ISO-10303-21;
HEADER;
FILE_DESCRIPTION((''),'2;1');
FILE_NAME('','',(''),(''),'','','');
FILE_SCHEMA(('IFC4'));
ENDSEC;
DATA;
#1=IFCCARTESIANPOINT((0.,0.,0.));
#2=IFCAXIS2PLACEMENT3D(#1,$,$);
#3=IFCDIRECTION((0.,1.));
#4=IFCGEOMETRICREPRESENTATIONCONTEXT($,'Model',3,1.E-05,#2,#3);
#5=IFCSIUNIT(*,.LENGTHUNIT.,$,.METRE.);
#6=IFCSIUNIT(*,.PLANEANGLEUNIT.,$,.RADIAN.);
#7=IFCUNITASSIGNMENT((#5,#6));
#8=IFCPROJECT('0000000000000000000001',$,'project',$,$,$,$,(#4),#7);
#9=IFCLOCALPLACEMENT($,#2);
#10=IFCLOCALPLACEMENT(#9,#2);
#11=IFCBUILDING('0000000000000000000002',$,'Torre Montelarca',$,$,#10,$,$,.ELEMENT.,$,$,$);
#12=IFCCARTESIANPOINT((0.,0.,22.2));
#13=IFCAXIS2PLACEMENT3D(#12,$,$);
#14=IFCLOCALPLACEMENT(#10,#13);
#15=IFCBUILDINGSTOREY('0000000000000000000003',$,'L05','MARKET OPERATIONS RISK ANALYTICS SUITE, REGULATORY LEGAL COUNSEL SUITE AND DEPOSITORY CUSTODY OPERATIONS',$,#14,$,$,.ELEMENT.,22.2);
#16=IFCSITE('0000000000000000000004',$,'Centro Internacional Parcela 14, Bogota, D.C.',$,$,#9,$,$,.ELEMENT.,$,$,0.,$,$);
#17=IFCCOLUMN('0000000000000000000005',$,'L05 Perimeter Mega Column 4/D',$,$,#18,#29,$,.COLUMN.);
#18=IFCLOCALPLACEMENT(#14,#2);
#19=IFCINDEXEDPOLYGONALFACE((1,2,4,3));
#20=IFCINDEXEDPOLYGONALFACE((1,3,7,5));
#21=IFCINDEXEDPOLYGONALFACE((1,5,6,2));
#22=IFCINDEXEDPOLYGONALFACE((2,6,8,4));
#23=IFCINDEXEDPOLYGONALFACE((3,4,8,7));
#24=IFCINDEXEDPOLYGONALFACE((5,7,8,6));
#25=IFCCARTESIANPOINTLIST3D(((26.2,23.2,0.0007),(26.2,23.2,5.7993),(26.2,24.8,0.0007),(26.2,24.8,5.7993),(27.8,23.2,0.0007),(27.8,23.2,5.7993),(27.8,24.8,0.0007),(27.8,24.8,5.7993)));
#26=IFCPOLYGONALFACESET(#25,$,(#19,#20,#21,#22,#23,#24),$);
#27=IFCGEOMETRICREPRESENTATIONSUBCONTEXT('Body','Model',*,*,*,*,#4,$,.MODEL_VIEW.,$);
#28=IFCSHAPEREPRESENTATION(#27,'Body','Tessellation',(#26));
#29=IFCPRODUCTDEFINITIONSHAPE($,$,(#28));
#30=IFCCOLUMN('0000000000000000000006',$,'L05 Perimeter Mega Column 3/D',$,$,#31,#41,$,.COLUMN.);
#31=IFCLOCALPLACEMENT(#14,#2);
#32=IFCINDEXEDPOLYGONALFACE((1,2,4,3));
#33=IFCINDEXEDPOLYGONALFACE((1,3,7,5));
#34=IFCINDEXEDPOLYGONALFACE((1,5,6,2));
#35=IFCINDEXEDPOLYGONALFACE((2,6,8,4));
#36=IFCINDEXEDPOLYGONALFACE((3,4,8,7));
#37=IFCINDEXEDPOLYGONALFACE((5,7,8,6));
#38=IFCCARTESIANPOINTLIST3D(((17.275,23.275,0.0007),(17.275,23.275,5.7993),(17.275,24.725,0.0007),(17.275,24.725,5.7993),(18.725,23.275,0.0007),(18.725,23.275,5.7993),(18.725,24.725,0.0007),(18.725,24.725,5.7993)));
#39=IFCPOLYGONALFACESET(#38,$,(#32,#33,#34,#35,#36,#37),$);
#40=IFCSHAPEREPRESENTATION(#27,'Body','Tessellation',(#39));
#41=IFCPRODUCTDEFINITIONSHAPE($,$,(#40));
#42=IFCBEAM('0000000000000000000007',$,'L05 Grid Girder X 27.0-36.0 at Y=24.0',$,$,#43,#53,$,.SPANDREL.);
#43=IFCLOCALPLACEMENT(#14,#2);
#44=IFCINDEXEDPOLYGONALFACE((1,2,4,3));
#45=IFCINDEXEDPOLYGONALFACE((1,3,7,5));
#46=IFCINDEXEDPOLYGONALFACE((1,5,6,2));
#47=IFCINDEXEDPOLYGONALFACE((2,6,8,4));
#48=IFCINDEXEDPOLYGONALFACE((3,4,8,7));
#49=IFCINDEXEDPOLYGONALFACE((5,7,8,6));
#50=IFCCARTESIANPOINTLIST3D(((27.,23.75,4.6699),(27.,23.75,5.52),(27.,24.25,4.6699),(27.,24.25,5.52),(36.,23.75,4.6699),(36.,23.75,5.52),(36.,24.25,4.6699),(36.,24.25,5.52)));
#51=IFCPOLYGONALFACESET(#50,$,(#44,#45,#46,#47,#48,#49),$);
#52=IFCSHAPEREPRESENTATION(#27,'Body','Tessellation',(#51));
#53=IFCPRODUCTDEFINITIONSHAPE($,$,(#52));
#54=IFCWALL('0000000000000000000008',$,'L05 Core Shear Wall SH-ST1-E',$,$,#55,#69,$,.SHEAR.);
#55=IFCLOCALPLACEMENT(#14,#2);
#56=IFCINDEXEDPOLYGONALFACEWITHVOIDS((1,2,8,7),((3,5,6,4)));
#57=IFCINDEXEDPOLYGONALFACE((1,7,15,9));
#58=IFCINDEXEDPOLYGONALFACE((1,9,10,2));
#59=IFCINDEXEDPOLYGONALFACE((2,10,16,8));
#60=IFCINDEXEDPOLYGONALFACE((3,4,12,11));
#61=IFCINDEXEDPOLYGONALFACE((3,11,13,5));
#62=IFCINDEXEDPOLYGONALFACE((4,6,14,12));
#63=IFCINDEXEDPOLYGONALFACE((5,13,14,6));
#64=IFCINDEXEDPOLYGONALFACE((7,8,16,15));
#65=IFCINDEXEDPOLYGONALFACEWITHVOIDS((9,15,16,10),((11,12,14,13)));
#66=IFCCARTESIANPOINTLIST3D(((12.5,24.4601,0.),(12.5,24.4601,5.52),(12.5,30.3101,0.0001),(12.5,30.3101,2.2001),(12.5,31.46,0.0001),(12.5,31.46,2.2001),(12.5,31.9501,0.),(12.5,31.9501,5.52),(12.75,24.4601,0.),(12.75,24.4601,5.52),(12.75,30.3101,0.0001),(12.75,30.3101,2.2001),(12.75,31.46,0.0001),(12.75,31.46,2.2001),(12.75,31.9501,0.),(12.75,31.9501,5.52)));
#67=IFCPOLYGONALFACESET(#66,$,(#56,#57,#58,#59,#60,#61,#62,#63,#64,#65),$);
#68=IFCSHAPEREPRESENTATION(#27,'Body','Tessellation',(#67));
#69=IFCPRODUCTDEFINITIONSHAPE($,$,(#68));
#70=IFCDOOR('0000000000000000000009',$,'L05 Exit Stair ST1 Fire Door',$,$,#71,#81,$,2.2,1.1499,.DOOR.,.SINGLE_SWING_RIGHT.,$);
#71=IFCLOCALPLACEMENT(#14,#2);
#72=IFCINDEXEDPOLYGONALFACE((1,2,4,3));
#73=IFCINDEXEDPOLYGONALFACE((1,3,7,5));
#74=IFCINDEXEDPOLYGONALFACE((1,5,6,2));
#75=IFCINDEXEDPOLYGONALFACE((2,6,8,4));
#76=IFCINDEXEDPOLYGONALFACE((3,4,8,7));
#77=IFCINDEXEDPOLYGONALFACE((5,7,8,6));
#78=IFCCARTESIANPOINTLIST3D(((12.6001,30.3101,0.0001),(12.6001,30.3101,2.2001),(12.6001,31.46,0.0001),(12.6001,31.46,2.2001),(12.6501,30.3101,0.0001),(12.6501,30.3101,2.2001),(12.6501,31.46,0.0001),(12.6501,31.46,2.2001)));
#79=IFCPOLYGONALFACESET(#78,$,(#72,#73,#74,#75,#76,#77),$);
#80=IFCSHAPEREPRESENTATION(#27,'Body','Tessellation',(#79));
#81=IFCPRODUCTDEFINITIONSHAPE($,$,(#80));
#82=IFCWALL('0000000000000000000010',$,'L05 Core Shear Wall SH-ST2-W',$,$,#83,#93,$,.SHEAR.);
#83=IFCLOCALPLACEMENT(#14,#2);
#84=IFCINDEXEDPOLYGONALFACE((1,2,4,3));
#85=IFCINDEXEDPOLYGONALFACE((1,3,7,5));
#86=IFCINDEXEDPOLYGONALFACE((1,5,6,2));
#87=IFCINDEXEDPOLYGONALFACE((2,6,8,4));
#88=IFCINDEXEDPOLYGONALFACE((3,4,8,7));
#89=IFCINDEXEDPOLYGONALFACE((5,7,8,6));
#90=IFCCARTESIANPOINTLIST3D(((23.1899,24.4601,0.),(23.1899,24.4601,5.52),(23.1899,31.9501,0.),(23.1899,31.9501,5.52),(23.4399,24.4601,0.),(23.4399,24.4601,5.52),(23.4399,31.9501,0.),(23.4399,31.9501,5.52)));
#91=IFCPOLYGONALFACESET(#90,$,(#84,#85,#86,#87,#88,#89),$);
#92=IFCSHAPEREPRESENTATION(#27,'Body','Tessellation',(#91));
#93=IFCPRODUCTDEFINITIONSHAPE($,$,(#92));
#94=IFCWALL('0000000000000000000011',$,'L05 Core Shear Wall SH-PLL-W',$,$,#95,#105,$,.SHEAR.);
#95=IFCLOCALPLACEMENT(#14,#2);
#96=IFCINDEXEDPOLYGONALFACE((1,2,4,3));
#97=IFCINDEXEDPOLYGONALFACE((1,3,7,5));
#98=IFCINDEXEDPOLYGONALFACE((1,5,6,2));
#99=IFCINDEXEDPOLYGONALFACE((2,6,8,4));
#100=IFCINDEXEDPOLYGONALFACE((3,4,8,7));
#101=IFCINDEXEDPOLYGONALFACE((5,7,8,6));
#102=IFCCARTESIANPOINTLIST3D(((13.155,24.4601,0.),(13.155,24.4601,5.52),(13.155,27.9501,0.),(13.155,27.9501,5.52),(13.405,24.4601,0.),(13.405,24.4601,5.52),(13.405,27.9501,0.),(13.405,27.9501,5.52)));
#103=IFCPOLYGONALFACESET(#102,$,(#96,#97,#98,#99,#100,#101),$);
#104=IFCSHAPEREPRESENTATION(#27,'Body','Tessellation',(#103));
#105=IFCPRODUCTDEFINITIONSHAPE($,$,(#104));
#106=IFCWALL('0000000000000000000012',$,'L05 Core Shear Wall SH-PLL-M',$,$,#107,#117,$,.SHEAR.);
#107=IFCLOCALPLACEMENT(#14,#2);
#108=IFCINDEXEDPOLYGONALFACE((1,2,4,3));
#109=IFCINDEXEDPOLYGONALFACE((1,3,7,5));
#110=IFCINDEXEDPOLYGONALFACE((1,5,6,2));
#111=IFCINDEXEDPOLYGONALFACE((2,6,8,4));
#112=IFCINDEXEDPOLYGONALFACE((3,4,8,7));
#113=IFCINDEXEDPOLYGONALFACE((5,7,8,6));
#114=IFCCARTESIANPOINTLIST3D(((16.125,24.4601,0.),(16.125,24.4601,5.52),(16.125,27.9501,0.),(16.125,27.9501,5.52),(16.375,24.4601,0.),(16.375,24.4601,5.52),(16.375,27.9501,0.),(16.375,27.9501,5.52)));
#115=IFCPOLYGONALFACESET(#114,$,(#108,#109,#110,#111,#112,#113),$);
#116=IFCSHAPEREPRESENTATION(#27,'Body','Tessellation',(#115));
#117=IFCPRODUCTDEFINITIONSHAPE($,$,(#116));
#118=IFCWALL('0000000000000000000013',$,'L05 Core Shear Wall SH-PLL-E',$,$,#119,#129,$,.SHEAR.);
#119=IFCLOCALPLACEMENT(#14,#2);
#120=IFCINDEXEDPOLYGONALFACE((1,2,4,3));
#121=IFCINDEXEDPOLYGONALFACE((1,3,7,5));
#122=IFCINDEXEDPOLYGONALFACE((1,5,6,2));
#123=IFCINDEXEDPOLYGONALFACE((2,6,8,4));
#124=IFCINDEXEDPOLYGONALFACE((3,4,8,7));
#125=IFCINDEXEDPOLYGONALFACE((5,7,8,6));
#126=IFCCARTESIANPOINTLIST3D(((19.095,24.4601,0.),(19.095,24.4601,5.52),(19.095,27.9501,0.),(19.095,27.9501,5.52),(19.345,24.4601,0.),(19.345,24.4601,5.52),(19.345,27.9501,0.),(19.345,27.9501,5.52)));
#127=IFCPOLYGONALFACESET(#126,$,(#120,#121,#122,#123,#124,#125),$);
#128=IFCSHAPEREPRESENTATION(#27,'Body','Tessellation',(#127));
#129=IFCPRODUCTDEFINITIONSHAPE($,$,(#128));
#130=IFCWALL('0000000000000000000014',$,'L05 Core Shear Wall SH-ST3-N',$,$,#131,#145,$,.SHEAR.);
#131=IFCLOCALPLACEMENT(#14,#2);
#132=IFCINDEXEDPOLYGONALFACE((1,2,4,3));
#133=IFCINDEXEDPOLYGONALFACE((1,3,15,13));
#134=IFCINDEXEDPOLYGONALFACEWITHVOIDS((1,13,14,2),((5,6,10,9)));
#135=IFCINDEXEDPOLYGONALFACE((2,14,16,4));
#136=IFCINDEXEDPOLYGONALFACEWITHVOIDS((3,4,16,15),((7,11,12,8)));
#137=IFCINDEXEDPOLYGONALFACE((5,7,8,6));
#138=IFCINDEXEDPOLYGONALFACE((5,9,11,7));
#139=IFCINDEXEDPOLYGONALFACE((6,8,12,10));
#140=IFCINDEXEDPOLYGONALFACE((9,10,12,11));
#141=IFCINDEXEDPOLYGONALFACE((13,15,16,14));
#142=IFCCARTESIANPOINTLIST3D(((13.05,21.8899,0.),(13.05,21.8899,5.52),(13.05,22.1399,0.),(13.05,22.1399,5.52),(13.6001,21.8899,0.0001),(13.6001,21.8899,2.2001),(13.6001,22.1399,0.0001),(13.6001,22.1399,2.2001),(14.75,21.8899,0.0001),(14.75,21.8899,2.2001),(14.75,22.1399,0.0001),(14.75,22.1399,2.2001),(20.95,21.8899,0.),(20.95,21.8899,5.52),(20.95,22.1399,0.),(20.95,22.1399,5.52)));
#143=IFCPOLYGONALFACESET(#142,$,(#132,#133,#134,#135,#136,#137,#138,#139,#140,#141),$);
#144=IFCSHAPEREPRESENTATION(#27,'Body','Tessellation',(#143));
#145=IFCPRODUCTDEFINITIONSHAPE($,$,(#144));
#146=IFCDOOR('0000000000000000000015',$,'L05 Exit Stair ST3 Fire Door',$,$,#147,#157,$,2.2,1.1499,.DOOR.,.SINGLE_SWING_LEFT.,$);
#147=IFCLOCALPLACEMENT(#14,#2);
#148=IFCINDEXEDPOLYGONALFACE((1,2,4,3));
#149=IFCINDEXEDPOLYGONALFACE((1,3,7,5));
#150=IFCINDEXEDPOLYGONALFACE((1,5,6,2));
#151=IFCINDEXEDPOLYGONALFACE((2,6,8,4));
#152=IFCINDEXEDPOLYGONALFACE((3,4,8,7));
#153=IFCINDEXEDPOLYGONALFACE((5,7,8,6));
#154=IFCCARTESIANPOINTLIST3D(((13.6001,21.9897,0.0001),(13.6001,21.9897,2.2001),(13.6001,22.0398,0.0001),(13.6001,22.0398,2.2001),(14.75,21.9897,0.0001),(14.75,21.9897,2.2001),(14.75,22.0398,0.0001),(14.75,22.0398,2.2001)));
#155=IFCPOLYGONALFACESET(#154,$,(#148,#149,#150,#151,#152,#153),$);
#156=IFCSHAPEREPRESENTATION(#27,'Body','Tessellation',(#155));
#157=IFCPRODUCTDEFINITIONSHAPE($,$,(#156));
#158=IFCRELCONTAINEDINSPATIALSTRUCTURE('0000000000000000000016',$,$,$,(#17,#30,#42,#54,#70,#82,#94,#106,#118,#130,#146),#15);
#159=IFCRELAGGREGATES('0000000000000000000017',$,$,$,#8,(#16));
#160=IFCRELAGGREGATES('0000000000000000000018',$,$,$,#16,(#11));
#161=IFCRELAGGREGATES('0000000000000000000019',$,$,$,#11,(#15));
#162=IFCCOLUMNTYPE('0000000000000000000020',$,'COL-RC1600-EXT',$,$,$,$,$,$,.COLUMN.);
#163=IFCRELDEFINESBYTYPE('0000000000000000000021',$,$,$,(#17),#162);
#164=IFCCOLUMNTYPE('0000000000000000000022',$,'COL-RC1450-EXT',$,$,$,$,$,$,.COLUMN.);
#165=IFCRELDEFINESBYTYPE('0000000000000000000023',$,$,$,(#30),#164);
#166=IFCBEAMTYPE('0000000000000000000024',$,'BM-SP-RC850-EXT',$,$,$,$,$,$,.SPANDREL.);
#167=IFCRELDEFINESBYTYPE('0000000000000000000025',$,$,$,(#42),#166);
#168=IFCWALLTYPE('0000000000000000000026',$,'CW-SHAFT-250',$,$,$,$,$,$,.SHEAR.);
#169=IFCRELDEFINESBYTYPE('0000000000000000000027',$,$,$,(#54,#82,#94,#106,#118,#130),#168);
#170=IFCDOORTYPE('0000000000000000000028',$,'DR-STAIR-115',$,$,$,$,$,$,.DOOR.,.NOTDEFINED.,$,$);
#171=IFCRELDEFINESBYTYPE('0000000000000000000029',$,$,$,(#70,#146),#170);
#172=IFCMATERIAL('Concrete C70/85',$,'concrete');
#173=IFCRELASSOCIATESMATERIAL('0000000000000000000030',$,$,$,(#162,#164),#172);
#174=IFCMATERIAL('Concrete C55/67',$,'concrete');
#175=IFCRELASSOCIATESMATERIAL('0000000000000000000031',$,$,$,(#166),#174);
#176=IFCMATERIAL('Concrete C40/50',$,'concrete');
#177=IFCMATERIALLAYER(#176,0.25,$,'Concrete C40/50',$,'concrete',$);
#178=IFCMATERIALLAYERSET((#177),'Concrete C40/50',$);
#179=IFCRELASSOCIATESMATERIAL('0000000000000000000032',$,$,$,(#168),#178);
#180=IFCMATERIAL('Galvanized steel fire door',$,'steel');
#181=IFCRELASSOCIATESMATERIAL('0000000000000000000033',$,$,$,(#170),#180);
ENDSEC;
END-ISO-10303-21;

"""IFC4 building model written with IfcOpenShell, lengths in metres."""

from ifc_helpers import new_model, si_unit, direction, frame, frame_2d, origin, origin_2d, place, context, subcontext, project, spatial, rectangle, extrude, source, transform, mapped, material, layer, layer_set, material_profile, profile_set, type_object, element, fill, save


model = new_model("IFC4")

# Units and contexts
model_context = context("Model", 3, precision=1e-05, world=origin(), true_north=direction((0.0, 1.0)))
body_context = subcontext(model_context, "Body", "Model", "MODEL_VIEW")
ifc_project = project(units=[si_unit("LENGTHUNIT", "METRE"), si_unit("PLANEANGLEUNIT", "RADIAN")], contexts=[model_context])

# Site, building, storey
site_placement = place(None, origin())
site = spatial("IfcSite", under=ifc_project, at=site_placement, Name="Centro Internacional Parcela 14, Bogota, D.C.", CompositionType="ELEMENT", RefElevation=0.0)
building_placement = place(site_placement, origin())
building = spatial("IfcBuilding", under=site, at=building_placement, Name="Torre Montelarca", CompositionType="ELEMENT")
storey_placement = place(building_placement, frame((0.0, 0.0, 22.2)))
storey = spatial("IfcBuildingStorey", under=building, at=storey_placement, Name="L05", Description="MARKET OPERATIONS RISK ANALYTICS SUITE, REGULATORY LEGAL COUNSEL SUITE AND DEPOSITORY CUSTODY OPERATIONS", CompositionType="ELEMENT", Elevation=22.2)

# Columns
ifc_material_1 = material(Name="Concrete C70/85", Category="concrete")
ifc_material_profile_1 = material_profile(ifc_material_1, rectangle(XDim=1.6001, YDim=1.6001, at=origin_2d()), Name="RC1600X1600", Category="concrete")
ifc_profile_set_1 = profile_set([ifc_material_profile_1], Name="Concrete C70/85")
column_type_1 = type_object("IfcColumnType", Name="COL-RC1600-EXT", PredefinedType="COLUMN", material=ifc_profile_set_1)
shared_shape_1 = source(origin(), body_context, "Body", "SweptSolid", [
    extrude(rectangle(XDim=1.6001, YDim=1.6001, at=origin_2d()), origin(), (0.0, 0.0, 1.0), 5.7986),
])
column_1_placement = place(storey_placement, frame((27.0, 24.0, 0.0007), z_axis=(0.0, 0.0, 1.0), x_axis=(1.0, 0.0, 0.0)))
element("IfcColumn", 1, at=column_1_placement, inside=storey, type_object=column_type_1, Name="L05 Perimeter Mega Column 4/D", PredefinedType="COLUMN", context=body_context, shape_type="MappedRepresentation", body=[
    mapped(shared_shape_1, transform((0.0, 0.0, 0.0), scale=1.0)),
])
ifc_material_profile_2 = material_profile(ifc_material_1, rectangle(XDim=1.45, YDim=1.45, at=origin_2d()), Name="RC1450X1450", Category="concrete")
ifc_profile_set_2 = profile_set([ifc_material_profile_2], Name="Concrete C70/85")
column_type_2 = type_object("IfcColumnType", Name="COL-RC1450-EXT", PredefinedType="COLUMN", material=ifc_profile_set_2)
shared_shape_2 = source(origin(), body_context, "Body", "SweptSolid", [
    extrude(rectangle(XDim=1.45, YDim=1.45, at=origin_2d()), origin(), (0.0, 0.0, 1.0), 5.7986),
])
column_2_placement = place(storey_placement, frame((18.0, 24.0, 0.0007), z_axis=(0.0, 0.0, 1.0), x_axis=(1.0, 0.0, 0.0)))
element("IfcColumn", 2, at=column_2_placement, inside=storey, type_object=column_type_2, Name="L05 Perimeter Mega Column 3/D", PredefinedType="COLUMN", context=body_context, shape_type="MappedRepresentation", body=[
    mapped(shared_shape_2, transform((0.0, 0.0, 0.0), scale=1.0)),
])

# Beam
ifc_material_2 = material(Name="Concrete C55/67", Category="concrete")
ifc_material_profile_3 = material_profile(ifc_material_2, rectangle(XDim=0.5, YDim=0.8501, at=origin_2d()), Name="RCB500X850", Category="concrete")
ifc_profile_set_3 = profile_set([ifc_material_profile_3], Name="Concrete C55/67")
beam_type = type_object("IfcBeamType", Name="BM-SP-RC850-EXT", PredefinedType="SPANDREL", material=ifc_profile_set_3)
shared_shape_3 = source(origin(), body_context, "Body", "SweptSolid", [
    extrude(rectangle(XDim=0.5, YDim=0.8501, at=origin_2d()), origin(), (0.0, 0.0, 1.0), 9.0),
])
beam_placement = place(storey_placement, frame((27.0, 24.0, 5.095), z_axis=(1.0, 0.0, 0.0), x_axis=(0.0, 1.0, 0.0)))
element("IfcBeam", 3, at=beam_placement, inside=storey, type_object=beam_type, Name="L05 Grid Girder X 27.0-36.0 at Y=24.0", PredefinedType="SPANDREL", context=body_context, shape_type="MappedRepresentation", body=[
    mapped(shared_shape_3, transform((0.0, 0.0, 0.0), scale=1.0)),
])

# Wall, opening, door
ifc_material_3 = material(Name="Concrete C40/50", Category="concrete")
ifc_layer_1 = layer(ifc_material_3, 0.25, Name="Concrete C40/50", Category="concrete")
ifc_layer_set_1 = layer_set([ifc_layer_1], Name="Concrete C40/50")
wall_type_1 = type_object("IfcWallType", Name="CW-SHAFT-250", PredefinedType="SHEAR", material=ifc_layer_set_1)
wall_1_placement = place(storey_placement, frame((12.625, 24.46, 0.0), z_axis=(0.0, 0.0, 1.0), x_axis=(0.0, 1.0, 0.0)))
wall_1 = element("IfcWall", 4, at=wall_1_placement, inside=storey, type_object=wall_type_1, Name="L05 Core Shear Wall SH-ST1-E", PredefinedType="SHEAR", context=body_context, shape_type="SweptSolid", body=[
    extrude(rectangle(XDim=7.49, YDim=0.25, at=frame_2d((3.7451, 0.0))), origin(), (0.0, 0.0, 1.0), 5.52),
])
opening_1_placement = place(wall_1_placement, frame((5.8501, 0.0, 0.0)))
opening_1 = element("IfcOpeningElement", 5, at=opening_1_placement, cuts=wall_1, PredefinedType="OPENING", context=body_context, shape_type="SweptSolid", body=[
    extrude(rectangle(XDim=1.1499, YDim=2.2, at=frame_2d((0.575, 1.1001))), frame((0.0, 0.135, 0.0), z_axis=(0.0, -1.0, 0.0), x_axis=(1.0, 0.0, 0.0)), (0.0, 0.0, 1.0), 0.27),
])
ifc_material_4 = material(Name="Galvanized steel fire door", Category="steel")
door_type_1 = type_object("IfcDoorType", Name="DR-STAIR-115", OperationType="NOTDEFINED", PredefinedType="DOOR", material=ifc_material_4)
shared_shape_4 = source(origin(), body_context, "Body", "SweptSolid", [
    extrude(rectangle(XDim=1.1499, YDim=2.2, at=frame_2d((0.575, 1.1001))), frame((0.0, 0.0249, 0.0), z_axis=(0.0, -1.0, 0.0), x_axis=(1.0, 0.0, 0.0)), (0.0, 0.0, 1.0), 0.05),
])
door_1_placement = place(opening_1_placement, origin())
door_1 = element("IfcDoor", 6, at=door_1_placement, inside=storey, type_object=door_type_1, Name="L05 Exit Stair ST1 Fire Door", OperationType="SINGLE_SWING_RIGHT", OverallHeight=2.2, OverallWidth=1.1499, PredefinedType="DOOR", context=body_context, shape_type="MappedRepresentation", body=[
    mapped(shared_shape_4, transform((0.0, 0.0, 0.0), scale=1.0)),
])
fill(opening_1, door_1)

# Walls
wall_2_placement = place(storey_placement, frame((23.3149, 24.46, 0.0), z_axis=(0.0, 0.0, 1.0), x_axis=(0.0, 1.0, 0.0)))
element("IfcWall", 7, at=wall_2_placement, inside=storey, type_object=wall_type_1, Name="L05 Core Shear Wall SH-ST2-W", PredefinedType="SHEAR", context=body_context, shape_type="SweptSolid", body=[
    extrude(rectangle(XDim=7.49, YDim=0.25, at=frame_2d((3.7451, 0.0))), origin(), (0.0, 0.0, 1.0), 5.52),
])
for number, where, z_axis, x_axis, name in (
    (8, (13.28, 24.46, 0.0), (0.0, 0.0, 1.0), (0.0, 1.0, 0.0), "L05 Core Shear Wall SH-PLL-W"),
    (9, (16.25, 24.46, 0.0), (0.0, 0.0, 1.0), (0.0, 1.0, 0.0), "L05 Core Shear Wall SH-PLL-M"),
    (10, (19.22, 24.46, 0.0), (0.0, 0.0, 1.0), (0.0, 1.0, 0.0), "L05 Core Shear Wall SH-PLL-E"),
):
    element("IfcWall", number, at=place(storey_placement, frame(where, z_axis=z_axis, x_axis=x_axis)), inside=storey, type_object=wall_type_1, Name=name, PredefinedType="SHEAR", context=body_context, shape_type="SweptSolid", body=[
        extrude(rectangle(XDim=3.49, YDim=0.25, at=frame_2d((1.7451, 0.0))), origin(), (0.0, 0.0, 1.0), 5.52),
    ])

# Wall, opening, door
wall_3_placement = place(storey_placement, frame((13.05, 22.0149, 0.0), z_axis=(0.0, 0.0, 1.0), x_axis=(1.0, 0.0, 0.0)))
wall_3 = element("IfcWall", 11, at=wall_3_placement, inside=storey, type_object=wall_type_1, Name="L05 Core Shear Wall SH-ST3-N", PredefinedType="SHEAR", context=body_context, shape_type="SweptSolid", body=[
    extrude(rectangle(XDim=7.8999, YDim=0.25, at=frame_2d((3.95, 0.0))), origin(), (0.0, 0.0, 1.0), 5.52),
])
opening_2_placement = place(wall_3_placement, frame((0.55, 0.0, 0.0)))
opening_2 = element("IfcOpeningElement", 12, at=opening_2_placement, cuts=wall_3, PredefinedType="OPENING", context=body_context, shape_type="SweptSolid", body=[
    extrude(rectangle(XDim=1.1499, YDim=2.2, at=frame_2d((0.575, 1.1001))), frame((0.0, 0.135, 0.0), z_axis=(0.0, -1.0, 0.0), x_axis=(1.0, 0.0, 0.0)), (0.0, 0.0, 1.0), 0.27),
])
door_2_placement = place(opening_2_placement, origin())
door_2 = element("IfcDoor", 13, at=door_2_placement, inside=storey, type_object=door_type_1, Name="L05 Exit Stair ST3 Fire Door", OperationType="SINGLE_SWING_LEFT", OverallHeight=2.2, OverallWidth=1.1499, PredefinedType="DOOR", context=body_context, shape_type="MappedRepresentation", body=[
    mapped(shared_shape_4, transform((0.0, 0.0, 0.0), scale=1.0)),
])
fill(opening_2, door_2)

save(model, "model.ifc")
